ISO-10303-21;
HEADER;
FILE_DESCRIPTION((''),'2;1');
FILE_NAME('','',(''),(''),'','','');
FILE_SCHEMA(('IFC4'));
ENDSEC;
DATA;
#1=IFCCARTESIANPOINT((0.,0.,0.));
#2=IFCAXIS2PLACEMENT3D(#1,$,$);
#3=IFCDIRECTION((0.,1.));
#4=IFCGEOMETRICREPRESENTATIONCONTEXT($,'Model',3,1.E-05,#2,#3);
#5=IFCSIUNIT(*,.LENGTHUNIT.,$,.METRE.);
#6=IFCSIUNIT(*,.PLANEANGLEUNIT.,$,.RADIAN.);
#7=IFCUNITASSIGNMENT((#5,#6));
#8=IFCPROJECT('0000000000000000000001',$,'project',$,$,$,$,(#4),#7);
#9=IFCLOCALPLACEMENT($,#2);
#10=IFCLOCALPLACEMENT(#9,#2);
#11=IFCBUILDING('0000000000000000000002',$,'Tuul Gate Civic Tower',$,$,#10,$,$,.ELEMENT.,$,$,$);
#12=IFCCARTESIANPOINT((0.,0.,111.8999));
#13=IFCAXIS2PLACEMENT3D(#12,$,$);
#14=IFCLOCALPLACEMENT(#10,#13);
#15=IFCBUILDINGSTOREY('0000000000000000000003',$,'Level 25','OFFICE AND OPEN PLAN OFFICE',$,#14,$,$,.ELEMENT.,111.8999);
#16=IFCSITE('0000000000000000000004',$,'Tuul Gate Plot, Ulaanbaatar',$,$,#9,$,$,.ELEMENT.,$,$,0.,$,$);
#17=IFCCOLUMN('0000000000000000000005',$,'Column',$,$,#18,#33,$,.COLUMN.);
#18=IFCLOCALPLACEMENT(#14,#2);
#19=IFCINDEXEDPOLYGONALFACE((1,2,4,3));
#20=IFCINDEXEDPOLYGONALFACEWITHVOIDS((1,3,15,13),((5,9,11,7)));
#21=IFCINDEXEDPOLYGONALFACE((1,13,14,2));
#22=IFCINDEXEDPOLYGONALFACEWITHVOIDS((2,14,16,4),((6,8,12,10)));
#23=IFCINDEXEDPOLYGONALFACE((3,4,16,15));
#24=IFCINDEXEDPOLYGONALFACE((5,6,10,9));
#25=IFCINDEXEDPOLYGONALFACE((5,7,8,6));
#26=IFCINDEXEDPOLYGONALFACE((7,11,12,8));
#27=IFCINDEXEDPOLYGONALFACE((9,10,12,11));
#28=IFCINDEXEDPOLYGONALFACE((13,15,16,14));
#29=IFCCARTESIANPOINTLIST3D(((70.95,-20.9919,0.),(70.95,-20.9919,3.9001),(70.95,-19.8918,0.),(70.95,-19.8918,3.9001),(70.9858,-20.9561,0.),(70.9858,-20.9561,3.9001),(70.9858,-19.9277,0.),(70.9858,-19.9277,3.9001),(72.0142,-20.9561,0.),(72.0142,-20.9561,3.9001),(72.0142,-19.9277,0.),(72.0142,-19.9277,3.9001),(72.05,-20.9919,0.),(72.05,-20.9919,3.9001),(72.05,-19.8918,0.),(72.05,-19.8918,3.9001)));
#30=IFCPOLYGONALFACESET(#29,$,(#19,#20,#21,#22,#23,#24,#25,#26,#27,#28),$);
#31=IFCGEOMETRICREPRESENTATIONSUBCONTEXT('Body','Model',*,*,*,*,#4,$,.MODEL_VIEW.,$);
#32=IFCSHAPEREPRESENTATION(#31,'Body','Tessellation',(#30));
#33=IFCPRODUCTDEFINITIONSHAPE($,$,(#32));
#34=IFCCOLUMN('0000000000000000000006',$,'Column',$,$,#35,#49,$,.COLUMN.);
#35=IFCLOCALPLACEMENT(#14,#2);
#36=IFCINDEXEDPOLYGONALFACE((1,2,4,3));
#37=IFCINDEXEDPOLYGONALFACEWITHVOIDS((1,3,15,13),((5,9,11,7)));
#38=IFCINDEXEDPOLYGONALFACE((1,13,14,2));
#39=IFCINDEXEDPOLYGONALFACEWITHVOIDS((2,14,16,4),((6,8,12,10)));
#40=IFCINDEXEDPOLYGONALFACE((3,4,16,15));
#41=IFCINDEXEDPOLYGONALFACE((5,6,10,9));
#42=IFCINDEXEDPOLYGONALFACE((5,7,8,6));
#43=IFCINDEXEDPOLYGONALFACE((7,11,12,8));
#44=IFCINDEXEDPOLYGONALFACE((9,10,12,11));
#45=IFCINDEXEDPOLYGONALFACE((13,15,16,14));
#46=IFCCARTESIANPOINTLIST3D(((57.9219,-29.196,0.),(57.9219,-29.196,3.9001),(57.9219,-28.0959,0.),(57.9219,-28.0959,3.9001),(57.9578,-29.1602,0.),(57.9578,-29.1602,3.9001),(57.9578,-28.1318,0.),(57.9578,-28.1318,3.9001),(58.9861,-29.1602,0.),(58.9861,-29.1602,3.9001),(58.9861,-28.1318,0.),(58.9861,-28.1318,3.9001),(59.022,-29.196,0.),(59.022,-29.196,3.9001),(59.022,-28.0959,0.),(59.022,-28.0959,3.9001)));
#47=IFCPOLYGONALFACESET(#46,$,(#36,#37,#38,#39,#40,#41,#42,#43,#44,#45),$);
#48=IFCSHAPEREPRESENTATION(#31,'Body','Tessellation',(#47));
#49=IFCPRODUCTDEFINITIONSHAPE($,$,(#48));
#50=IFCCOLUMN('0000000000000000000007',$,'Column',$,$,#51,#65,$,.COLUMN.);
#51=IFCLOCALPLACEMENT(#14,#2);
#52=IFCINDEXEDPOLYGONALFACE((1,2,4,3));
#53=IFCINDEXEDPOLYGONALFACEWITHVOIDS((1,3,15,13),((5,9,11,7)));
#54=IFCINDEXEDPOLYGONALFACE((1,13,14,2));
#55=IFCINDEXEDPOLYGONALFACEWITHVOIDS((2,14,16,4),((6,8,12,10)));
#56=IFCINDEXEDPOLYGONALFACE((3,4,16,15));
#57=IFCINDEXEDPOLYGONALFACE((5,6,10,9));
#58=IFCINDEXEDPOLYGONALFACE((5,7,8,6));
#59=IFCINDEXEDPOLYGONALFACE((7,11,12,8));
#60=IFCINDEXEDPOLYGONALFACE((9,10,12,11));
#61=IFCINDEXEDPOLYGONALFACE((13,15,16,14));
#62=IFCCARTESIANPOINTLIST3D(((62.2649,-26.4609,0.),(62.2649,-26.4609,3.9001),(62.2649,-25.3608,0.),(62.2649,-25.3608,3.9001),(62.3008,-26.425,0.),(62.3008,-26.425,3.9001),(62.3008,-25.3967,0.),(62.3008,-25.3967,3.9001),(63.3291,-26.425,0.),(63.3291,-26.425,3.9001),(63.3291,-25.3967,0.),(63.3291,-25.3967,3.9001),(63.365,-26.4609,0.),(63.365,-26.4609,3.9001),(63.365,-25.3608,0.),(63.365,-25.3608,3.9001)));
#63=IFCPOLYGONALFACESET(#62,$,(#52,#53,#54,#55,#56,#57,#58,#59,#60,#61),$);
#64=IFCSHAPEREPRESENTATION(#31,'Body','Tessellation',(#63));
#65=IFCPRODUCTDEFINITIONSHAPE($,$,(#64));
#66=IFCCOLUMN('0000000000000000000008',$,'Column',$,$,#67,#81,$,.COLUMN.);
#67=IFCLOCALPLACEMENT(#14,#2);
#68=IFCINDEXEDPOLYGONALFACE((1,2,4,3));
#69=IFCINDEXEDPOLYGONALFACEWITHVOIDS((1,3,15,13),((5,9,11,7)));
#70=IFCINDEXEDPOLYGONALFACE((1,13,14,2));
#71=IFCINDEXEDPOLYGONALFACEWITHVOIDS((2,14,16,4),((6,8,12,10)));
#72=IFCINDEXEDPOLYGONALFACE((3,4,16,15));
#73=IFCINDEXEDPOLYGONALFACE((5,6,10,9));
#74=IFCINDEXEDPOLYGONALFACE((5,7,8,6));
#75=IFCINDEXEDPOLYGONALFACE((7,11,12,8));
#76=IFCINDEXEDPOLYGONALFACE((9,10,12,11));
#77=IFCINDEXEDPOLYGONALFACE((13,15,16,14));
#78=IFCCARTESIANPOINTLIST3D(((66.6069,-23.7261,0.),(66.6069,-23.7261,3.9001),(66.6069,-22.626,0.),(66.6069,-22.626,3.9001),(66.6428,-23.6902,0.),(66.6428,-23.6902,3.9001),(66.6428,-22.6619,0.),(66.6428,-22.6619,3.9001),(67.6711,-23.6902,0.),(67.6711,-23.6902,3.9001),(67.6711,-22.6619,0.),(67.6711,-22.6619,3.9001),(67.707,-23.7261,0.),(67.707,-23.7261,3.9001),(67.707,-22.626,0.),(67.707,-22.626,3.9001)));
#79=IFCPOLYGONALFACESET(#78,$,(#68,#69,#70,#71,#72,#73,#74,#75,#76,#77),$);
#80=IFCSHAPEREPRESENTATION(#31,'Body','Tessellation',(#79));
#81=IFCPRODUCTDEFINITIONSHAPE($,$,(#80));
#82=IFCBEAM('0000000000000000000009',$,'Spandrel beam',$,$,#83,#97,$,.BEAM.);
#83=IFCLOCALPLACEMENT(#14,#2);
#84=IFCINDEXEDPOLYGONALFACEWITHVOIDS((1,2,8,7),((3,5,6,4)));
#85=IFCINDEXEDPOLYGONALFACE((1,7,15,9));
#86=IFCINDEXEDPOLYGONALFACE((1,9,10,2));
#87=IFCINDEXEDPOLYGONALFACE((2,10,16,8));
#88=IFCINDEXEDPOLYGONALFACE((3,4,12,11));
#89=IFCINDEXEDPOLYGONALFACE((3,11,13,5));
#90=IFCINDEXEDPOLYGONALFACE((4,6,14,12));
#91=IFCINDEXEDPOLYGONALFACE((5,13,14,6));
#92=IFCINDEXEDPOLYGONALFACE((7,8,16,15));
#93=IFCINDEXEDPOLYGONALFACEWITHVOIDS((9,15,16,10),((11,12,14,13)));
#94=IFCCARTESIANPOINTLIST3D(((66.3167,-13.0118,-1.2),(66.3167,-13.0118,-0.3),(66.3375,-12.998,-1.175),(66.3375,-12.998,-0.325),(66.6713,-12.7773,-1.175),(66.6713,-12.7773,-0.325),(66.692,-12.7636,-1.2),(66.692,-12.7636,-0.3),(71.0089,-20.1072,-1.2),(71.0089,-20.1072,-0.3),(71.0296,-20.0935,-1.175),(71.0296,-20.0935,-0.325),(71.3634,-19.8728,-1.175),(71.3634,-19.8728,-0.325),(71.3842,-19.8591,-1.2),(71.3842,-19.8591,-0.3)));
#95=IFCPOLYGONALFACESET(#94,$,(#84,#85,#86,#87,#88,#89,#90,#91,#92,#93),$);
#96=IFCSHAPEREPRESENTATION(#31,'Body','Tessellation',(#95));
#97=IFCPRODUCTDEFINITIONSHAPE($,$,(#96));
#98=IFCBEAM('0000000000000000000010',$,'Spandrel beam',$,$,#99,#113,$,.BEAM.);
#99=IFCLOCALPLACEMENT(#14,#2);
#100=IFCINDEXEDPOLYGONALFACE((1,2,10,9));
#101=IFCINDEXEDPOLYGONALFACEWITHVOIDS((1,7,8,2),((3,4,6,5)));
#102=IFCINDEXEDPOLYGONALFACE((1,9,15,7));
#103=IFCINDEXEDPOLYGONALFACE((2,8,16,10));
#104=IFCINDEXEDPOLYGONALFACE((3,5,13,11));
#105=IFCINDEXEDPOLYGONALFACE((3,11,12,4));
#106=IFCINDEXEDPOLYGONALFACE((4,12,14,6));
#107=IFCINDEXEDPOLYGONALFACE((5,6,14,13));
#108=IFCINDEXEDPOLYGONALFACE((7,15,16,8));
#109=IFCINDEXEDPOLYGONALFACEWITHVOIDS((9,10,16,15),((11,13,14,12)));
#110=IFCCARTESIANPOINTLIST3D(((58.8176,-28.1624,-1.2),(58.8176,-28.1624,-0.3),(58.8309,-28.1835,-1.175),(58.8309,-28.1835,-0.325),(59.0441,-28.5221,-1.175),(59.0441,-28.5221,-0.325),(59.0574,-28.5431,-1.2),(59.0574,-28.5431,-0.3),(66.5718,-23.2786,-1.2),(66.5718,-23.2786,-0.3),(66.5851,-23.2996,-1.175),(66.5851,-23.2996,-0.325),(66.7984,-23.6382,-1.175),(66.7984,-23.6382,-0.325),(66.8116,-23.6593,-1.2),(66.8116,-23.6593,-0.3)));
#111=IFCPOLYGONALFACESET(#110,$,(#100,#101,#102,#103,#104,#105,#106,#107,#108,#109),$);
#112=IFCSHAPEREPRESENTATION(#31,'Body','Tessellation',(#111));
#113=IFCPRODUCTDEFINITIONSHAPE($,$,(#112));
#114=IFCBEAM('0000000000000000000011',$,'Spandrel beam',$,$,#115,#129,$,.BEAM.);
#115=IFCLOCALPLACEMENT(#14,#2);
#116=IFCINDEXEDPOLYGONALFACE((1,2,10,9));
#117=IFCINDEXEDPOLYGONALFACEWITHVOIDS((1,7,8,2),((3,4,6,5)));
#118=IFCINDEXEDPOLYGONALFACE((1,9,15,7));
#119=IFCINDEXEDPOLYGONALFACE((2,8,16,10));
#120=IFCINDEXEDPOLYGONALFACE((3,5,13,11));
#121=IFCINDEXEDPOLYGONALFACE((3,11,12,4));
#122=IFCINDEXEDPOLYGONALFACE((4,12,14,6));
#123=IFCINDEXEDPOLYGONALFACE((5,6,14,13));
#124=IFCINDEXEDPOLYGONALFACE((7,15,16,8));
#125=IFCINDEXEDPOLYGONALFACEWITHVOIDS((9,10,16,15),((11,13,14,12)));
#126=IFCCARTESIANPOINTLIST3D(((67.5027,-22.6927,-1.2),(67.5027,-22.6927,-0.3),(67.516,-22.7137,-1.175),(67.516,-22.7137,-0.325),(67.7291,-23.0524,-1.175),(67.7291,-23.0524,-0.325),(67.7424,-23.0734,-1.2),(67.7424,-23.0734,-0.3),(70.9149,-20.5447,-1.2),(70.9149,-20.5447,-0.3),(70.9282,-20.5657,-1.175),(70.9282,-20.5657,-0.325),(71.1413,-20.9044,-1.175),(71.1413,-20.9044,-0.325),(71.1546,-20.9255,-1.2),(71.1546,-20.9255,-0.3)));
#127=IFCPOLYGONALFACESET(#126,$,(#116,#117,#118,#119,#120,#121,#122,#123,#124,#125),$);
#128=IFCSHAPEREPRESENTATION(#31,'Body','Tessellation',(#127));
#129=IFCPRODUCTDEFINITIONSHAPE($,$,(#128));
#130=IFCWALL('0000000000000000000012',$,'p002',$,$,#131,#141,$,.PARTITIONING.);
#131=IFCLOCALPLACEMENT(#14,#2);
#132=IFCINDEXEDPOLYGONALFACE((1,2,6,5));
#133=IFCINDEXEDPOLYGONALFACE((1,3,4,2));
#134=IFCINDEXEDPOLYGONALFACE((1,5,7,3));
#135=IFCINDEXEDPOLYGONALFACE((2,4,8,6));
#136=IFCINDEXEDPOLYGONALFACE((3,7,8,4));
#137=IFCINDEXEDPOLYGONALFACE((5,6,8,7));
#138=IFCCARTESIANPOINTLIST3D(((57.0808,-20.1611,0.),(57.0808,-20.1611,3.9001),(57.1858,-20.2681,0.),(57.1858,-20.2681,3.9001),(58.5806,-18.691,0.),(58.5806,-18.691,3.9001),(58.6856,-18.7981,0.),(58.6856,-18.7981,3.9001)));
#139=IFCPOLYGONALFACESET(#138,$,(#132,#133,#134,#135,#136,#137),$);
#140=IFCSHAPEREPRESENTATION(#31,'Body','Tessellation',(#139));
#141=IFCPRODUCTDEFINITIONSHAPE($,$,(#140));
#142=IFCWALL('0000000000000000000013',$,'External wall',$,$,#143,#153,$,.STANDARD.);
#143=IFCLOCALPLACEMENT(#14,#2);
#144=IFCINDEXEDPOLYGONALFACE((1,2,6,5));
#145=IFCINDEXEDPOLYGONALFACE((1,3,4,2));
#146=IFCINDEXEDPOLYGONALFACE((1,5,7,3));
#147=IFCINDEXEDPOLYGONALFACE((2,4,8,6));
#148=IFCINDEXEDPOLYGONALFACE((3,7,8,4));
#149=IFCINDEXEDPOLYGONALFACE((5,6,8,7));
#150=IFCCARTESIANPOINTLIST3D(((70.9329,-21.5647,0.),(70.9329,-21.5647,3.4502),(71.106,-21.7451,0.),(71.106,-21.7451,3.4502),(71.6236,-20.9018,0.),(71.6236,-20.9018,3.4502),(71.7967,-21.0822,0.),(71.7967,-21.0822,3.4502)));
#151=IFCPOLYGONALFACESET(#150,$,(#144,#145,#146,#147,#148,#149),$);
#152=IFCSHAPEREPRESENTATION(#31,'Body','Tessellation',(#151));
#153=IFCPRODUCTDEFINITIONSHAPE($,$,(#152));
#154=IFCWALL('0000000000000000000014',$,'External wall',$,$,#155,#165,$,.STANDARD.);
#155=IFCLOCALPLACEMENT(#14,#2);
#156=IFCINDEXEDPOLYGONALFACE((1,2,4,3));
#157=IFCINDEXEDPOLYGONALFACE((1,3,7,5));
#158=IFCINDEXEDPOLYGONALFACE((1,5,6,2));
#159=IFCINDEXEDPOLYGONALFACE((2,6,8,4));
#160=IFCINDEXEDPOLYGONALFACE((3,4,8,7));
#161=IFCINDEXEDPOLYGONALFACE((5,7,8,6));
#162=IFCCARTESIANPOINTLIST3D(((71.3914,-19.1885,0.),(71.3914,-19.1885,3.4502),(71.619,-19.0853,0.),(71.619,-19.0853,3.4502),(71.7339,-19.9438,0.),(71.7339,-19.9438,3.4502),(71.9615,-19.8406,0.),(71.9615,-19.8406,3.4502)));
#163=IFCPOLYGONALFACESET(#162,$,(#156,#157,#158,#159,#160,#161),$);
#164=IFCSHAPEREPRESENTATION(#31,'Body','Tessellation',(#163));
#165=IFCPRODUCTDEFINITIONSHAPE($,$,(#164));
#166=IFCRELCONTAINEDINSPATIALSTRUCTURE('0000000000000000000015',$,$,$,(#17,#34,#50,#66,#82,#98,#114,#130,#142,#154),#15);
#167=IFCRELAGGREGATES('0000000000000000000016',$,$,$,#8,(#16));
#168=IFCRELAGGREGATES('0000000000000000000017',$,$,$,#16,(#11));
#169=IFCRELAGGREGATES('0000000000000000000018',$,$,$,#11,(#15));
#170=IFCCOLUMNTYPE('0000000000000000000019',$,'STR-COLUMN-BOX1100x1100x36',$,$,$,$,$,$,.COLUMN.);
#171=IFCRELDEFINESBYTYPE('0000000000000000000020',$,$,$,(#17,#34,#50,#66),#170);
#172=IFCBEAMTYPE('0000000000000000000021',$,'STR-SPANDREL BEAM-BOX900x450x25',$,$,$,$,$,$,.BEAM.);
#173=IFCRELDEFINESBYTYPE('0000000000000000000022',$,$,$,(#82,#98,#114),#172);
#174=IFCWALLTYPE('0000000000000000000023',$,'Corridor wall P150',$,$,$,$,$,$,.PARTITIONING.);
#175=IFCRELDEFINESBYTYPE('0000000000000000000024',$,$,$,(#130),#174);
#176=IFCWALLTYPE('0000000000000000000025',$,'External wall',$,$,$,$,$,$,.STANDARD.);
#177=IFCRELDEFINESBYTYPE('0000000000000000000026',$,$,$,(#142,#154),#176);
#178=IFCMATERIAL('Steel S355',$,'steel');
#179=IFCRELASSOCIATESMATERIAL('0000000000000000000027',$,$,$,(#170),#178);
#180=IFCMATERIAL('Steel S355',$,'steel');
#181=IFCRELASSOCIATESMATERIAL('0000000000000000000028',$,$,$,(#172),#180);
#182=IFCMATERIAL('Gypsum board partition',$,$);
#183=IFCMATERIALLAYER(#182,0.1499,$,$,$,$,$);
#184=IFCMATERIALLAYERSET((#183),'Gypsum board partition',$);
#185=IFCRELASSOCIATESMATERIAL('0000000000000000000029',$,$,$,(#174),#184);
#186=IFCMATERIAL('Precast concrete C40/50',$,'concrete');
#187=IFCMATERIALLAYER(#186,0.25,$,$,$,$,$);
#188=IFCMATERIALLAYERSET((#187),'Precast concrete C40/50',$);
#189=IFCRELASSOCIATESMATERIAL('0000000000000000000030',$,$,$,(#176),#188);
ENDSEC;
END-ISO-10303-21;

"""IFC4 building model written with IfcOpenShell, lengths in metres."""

from ifc_helpers import new_model, si_unit, direction, frame, frame_2d, origin, origin_2d, place, context, subcontext, project, spatial, rectangle, hollow_rectangle, extrude, material, layer, layer_set, material_profile, profile_set, type_object, element, save


model = new_model("IFC4")

# Units and contexts
model_context = context("Model", 3, precision=1e-05, world=origin(), true_north=direction((0.0, 1.0)))
body_context = subcontext(model_context, "Body", "Model", "MODEL_VIEW")
ifc_project = project(units=[si_unit("LENGTHUNIT", "METRE"), si_unit("PLANEANGLEUNIT", "RADIAN")], contexts=[model_context])

# Site, building, storey
site_placement = place(None, origin())
site = spatial("IfcSite", under=ifc_project, at=site_placement, Name="Tuul Gate Plot, Ulaanbaatar", CompositionType="ELEMENT", RefElevation=0.0)
building_placement = place(site_placement, origin())
building = spatial("IfcBuilding", under=site, at=building_placement, Name="Tuul Gate Civic Tower", CompositionType="ELEMENT")
storey_placement = place(building_placement, frame((0.0, 0.0, 111.8999)))
storey = spatial("IfcBuildingStorey", under=building, at=storey_placement, Name="Level 25", Description="OFFICE AND OPEN PLAN OFFICE", CompositionType="ELEMENT", Elevation=111.8999)

# Columns
ifc_material_1 = material(Name="Steel S355", Category="steel")
ifc_material_profile_1 = material_profile(ifc_material_1, hollow_rectangle(XDim=1.1001, YDim=1.1001, WallThickness=0.0359, at=origin_2d()), Name="BOX1100x1100x36")
ifc_profile_set_1 = profile_set([ifc_material_profile_1], Name="Steel S355")
column_type = type_object("IfcColumnType", Name="STR-COLUMN-BOX1100x1100x36", PredefinedType="COLUMN", material=ifc_profile_set_1)
for number, where, z_axis, x_axis, name in (
    (1, (71.5, -20.4419, 0.0), (0.0, 0.0, 1.0), (1.0, 0.0, 0.0), "Column"),
    (2, (58.4719, -28.646, 0.0), (0.0, 0.0, 1.0), (1.0, 0.0, 0.0), "Column"),
    (3, (62.8149, -25.9109, 0.0), (0.0, 0.0, 1.0), (1.0, 0.0, 0.0), "Column"),
    (4, (67.157, -23.176, 0.0), (0.0, 0.0, 1.0), (1.0, 0.0, 0.0), "Column"),
):
    element("IfcColumn", number, at=place(storey_placement, frame(where, z_axis=z_axis, x_axis=x_axis)), inside=storey, type_object=column_type, Name=name, PredefinedType="COLUMN", context=body_context, shape_type="SweptSolid", body=[
        extrude(hollow_rectangle(XDim=1.1001, YDim=1.1001, WallThickness=0.0359, at=origin_2d()), origin(), (0.0, 0.0, 1.0), 3.9001),
    ])

# Beams
ifc_material_2 = material(Name="Steel S355", Category="steel")
ifc_material_profile_2 = material_profile(ifc_material_2, hollow_rectangle(XDim=0.45, YDim=0.8999, WallThickness=0.0249, at=origin_2d()), Name="BOX900x450x25")
ifc_profile_set_2 = profile_set([ifc_material_profile_2], Name="Steel S355")
beam_type = type_object("IfcBeamType", Name="STR-SPANDREL BEAM-BOX900x450x25", PredefinedType="BEAM", material=ifc_profile_set_2)
beam_1_placement = place(storey_placement, frame((71.1965, -19.9832, -0.75), z_axis=(-0.55159, 0.834115, 0.0), x_axis=(-0.834115, -0.55159, 0.0)))
element("IfcBeam", 5, at=beam_1_placement, inside=storey, type_object=beam_type, Name="Spandrel beam", PredefinedType="BEAM", context=body_context, shape_type="SweptSolid", body=[
    extrude(hollow_rectangle(XDim=0.45, YDim=0.8999, WallThickness=0.0249, at=origin_2d()), origin(), (0.0, 0.0, 1.0), 8.5066),
])
beam_2_placement = place(storey_placement, frame((58.9375, -28.3528, -0.75), z_axis=(0.846157, 0.532934, 0.0), x_axis=(-0.532934, 0.846157, 0.0)))
element("IfcBeam", 6, at=beam_2_placement, inside=storey, type_object=beam_type, Name="Spandrel beam", PredefinedType="BEAM", context=body_context, shape_type="SweptSolid", body=[
    extrude(hollow_rectangle(XDim=0.45, YDim=0.8999, WallThickness=0.0249, at=origin_2d()), origin(), (0.0, 0.0, 1.0), 9.1641),
])
beam_3_placement = place(storey_placement, frame((67.6226, -22.8831, -0.75), z_axis=(0.846279, 0.532739, 0.0), x_axis=(-0.532739, 0.846279, 0.0)))
element("IfcBeam", 7, at=beam_3_placement, inside=storey, type_object=beam_type, Name="Spandrel beam", PredefinedType="BEAM", context=body_context, shape_type="SweptSolid", body=[
    extrude(hollow_rectangle(XDim=0.45, YDim=0.8999, WallThickness=0.0249, at=origin_2d()), origin(), (0.0, 0.0, 1.0), 4.032),
])

# Walls
ifc_material_3 = material(Name="Gypsum board partition")
ifc_layer_1 = layer(ifc_material_3, 0.1499)
ifc_layer_set_1 = layer_set([ifc_layer_1], Name="Gypsum board partition")
wall_type_1 = type_object("IfcWallType", Name="Corridor wall P150", PredefinedType="PARTITIONING", material=ifc_layer_set_1)
wall_1_placement = place(storey_placement, frame((57.1333, -20.2146, 0.0), z_axis=(0.0, 0.0, 1.0), x_axis=(0.714163, 0.69998, 0.0)))
element("IfcWall", 8, at=wall_1_placement, inside=storey, type_object=wall_type_1, Name="p002", PredefinedType="PARTITIONING", context=body_context, shape_type="SweptSolid", body=[
    extrude(rectangle(XDim=2.1001, YDim=0.1499, at=frame_2d((1.05, 0.0))), origin(), (0.0, 0.0, 1.0), 3.9001),
])
ifc_material_4 = material(Name="Precast concrete C40/50", Category="concrete")
ifc_layer_2 = layer(ifc_material_4, 0.25)
ifc_layer_set_2 = layer_set([ifc_layer_2], Name="Precast concrete C40/50")
wall_type_2 = type_object("IfcWallType", Name="External wall", PredefinedType="STANDARD", material=ifc_layer_set_2)
wall_2_placement = place(storey_placement, frame((71.0195, -21.6548, 0.0), z_axis=(0.0, 0.0, 1.0), x_axis=(0.721494, 0.69242, 0.0)))
element("IfcWall", 9, at=wall_2_placement, inside=storey, type_object=wall_type_2, Name="External wall", PredefinedType="STANDARD", context=body_context, shape_type="SweptSolid", body=[
    extrude(rectangle(XDim=0.9573, YDim=0.25, at=frame_2d((0.4785, 0.0))), origin(), (0.0, 0.0, 1.0), 3.4502),
])
wall_3_placement = place(storey_placement, frame((71.8477, -19.8921, 0.0), z_axis=(0.0, 0.0, 1.0), x_axis=(-0.412982, 0.910739, 0.0)))
element("IfcWall", 10, at=wall_3_placement, inside=storey, type_object=wall_type_2, Name="External wall", PredefinedType="STANDARD", context=body_context, shape_type="SweptSolid", body=[
    extrude(rectangle(XDim=0.8293, YDim=0.25, at=frame_2d((0.4146, 0.0))), origin(), (0.0, 0.0, 1.0), 3.4502),
])

save(model, "model.ifc")
